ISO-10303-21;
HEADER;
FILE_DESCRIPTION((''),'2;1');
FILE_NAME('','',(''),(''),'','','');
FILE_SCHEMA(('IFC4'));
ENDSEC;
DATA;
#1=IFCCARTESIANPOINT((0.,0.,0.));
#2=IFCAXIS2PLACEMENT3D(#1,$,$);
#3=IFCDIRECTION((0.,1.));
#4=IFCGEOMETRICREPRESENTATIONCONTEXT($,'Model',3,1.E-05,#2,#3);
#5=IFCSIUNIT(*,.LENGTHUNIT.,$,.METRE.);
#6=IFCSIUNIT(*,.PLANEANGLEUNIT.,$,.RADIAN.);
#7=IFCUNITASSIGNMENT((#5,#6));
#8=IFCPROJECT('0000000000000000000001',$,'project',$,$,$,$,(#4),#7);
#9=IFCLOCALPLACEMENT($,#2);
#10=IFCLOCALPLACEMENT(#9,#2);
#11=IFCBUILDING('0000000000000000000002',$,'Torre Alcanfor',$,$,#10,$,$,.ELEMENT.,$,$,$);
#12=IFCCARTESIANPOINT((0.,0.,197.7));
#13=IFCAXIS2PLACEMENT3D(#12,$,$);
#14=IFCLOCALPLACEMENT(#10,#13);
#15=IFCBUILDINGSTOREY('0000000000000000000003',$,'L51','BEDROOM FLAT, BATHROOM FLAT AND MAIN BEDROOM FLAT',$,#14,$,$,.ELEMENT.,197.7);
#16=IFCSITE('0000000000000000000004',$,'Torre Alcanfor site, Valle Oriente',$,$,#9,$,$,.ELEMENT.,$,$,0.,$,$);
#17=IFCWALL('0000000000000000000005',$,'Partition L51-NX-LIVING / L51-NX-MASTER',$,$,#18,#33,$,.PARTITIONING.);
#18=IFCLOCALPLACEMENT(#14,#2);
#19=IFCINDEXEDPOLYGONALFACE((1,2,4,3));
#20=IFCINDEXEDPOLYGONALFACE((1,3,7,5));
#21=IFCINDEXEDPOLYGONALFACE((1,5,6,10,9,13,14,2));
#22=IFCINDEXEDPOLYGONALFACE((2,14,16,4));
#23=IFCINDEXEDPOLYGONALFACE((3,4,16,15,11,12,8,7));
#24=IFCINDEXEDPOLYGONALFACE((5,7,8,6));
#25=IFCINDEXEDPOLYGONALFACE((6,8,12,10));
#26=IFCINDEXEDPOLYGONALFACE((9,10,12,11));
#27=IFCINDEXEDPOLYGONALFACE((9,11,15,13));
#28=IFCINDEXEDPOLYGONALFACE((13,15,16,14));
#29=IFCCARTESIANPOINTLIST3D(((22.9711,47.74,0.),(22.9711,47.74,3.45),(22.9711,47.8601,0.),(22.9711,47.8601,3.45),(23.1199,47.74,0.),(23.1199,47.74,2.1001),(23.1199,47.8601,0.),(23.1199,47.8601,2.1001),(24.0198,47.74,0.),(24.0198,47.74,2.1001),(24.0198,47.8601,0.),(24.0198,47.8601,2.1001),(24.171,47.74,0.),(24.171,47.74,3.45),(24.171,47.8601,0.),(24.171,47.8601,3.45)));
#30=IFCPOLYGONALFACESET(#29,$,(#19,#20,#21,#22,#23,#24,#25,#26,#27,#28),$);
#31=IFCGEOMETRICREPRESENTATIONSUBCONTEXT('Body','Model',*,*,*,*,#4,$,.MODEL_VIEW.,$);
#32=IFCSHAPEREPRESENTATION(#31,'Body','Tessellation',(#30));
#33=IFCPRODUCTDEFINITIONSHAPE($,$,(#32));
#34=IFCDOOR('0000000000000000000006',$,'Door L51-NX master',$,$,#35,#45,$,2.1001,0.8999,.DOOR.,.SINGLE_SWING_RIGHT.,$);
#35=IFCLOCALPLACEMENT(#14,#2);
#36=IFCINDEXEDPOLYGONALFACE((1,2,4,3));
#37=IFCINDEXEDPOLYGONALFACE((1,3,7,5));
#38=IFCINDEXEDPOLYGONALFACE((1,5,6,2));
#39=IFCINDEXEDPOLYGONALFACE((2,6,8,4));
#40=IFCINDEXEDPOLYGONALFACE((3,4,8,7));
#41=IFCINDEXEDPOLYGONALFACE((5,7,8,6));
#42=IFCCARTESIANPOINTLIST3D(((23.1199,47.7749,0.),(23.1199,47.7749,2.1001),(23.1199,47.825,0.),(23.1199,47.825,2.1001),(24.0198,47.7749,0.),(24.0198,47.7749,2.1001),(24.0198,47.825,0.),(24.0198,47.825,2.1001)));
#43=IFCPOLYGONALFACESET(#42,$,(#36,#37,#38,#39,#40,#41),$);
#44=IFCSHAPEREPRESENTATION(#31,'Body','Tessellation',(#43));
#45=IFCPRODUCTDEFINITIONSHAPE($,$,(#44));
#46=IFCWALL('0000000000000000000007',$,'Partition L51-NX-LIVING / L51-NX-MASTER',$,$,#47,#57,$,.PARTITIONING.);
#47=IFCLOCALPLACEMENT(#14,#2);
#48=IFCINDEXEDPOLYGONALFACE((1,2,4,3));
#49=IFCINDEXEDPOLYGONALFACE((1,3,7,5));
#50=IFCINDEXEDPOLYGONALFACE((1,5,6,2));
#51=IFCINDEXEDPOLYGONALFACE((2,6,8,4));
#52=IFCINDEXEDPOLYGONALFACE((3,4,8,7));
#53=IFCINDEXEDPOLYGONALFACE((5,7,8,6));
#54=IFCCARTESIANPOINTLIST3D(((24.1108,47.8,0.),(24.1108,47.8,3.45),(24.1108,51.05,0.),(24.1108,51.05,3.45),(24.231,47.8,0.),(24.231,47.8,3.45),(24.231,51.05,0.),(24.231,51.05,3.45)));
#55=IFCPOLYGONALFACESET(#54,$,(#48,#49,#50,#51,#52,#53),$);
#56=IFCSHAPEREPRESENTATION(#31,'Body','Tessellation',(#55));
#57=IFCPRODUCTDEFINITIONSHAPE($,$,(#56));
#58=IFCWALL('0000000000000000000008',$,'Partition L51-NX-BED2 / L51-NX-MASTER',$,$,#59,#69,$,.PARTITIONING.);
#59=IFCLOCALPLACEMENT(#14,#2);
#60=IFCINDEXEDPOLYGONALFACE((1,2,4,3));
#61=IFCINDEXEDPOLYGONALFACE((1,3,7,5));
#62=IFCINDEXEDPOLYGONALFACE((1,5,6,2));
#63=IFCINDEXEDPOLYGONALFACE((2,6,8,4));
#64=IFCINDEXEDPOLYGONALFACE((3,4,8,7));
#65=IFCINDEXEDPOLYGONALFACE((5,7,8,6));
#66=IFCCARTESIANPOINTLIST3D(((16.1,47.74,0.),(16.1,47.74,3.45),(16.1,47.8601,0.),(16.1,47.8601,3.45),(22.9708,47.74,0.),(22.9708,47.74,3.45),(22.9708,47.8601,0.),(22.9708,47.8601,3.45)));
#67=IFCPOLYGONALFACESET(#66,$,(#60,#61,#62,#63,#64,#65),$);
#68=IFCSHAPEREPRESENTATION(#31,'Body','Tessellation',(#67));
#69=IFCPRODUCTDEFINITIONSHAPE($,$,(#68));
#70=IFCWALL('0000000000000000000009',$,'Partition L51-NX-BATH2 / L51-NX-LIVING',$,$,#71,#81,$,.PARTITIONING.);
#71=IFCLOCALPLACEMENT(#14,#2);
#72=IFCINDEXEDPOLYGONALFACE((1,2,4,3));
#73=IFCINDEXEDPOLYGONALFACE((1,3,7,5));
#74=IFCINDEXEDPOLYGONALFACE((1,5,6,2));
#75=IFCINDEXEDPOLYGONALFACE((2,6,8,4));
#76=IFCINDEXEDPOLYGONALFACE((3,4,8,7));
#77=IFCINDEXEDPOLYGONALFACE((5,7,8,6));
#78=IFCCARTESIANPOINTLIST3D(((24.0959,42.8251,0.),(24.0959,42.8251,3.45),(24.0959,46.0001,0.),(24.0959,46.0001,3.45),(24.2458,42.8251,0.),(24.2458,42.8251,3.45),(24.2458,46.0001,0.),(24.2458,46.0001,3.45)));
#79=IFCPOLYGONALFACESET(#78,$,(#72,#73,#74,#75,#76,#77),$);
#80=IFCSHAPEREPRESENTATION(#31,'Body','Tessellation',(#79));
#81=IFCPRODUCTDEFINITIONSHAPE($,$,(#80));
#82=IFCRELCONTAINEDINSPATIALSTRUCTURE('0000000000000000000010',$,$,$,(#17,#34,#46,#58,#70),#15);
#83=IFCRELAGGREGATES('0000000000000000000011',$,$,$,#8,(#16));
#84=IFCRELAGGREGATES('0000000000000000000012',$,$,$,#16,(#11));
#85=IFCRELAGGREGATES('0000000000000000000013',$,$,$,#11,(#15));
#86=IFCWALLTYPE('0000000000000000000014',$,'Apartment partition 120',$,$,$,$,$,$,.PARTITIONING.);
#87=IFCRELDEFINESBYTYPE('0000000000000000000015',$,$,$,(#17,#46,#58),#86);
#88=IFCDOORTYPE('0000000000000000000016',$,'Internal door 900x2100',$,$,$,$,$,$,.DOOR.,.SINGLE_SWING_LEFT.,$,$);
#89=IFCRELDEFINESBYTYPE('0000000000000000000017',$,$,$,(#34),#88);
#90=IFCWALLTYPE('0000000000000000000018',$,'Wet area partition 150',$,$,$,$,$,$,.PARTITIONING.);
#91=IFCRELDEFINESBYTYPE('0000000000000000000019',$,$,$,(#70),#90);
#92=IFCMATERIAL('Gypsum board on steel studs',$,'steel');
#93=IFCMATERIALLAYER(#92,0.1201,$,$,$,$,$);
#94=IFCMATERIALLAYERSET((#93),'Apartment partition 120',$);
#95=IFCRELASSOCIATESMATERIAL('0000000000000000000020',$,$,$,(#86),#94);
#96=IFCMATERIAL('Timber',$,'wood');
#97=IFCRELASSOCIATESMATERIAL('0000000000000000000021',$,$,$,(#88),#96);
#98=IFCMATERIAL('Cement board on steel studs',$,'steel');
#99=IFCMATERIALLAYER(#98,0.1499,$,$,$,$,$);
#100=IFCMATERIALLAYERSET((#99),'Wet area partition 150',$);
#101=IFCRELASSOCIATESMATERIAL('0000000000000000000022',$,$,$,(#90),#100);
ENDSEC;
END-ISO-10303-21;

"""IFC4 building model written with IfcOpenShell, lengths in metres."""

from ifc_helpers import new_model, si_unit, direction, frame, frame_2d, origin, place, context, subcontext, project, spatial, rectangle, extrude, material, layer, layer_set, type_object, element, fill, save


model = new_model("IFC4")

# Units and contexts
model_context = context("Model", 3, precision=1e-05, world=origin(), true_north=direction((0.0, 1.0)))
body_context = subcontext(model_context, "Body", "Model", "MODEL_VIEW")
ifc_project = project(units=[si_unit("LENGTHUNIT", "METRE"), si_unit("PLANEANGLEUNIT", "RADIAN")], contexts=[model_context])

# Site, building, storey
site_placement = place(None, origin())
site = spatial("IfcSite", under=ifc_project, at=site_placement, Name="Torre Alcanfor site, Valle Oriente", CompositionType="ELEMENT", RefElevation=0.0)
building_placement = place(site_placement, origin())
building = spatial("IfcBuilding", under=site, at=building_placement, Name="Torre Alcanfor", CompositionType="ELEMENT")
storey_placement = place(building_placement, frame((0.0, 0.0, 197.7)))
storey = spatial("IfcBuildingStorey", under=building, at=storey_placement, Name="L51", Description="BEDROOM FLAT, BATHROOM FLAT AND MAIN BEDROOM FLAT", CompositionType="ELEMENT", Elevation=197.7)

# Wall, opening, door
ifc_material_1 = material(Name="Gypsum board on steel studs", Category="steel")
ifc_layer_1 = layer(ifc_material_1, 0.1201)
ifc_layer_set_1 = layer_set([ifc_layer_1], Name="Apartment partition 120")
wall_type_1 = type_object("IfcWallType", Name="Apartment partition 120", PredefinedType="PARTITIONING", material=ifc_layer_set_1)
ifc_material_2 = material(Name="Timber", Category="wood")
door_type = type_object("IfcDoorType", Name="Internal door 900x2100", OperationType="SINGLE_SWING_LEFT", PredefinedType="DOOR", material=ifc_material_2)
wall_1_placement = place(storey_placement, frame((22.9709, 47.8, 0.0), z_axis=(0.0, 0.0, 1.0), x_axis=(1.0, 0.0, 0.0)))
wall_1 = element("IfcWall", 1, at=wall_1_placement, inside=storey, type_object=wall_type_1, Name="Partition L51-NX-LIVING / L51-NX-MASTER", PredefinedType="PARTITIONING", context=body_context, shape_type="SweptSolid", body=[
    extrude(rectangle(XDim=1.2, YDim=0.1201, at=frame_2d((0.6001, 0.0))), origin(), (0.0, 0.0, 1.0), 3.45),
])
opening_1_placement = place(wall_1_placement, frame((0.1489, 0.0, 0.0)))
opening_1 = element("IfcOpeningElement", 2, at=opening_1_placement, cuts=wall_1, PredefinedType="OPENING", context=body_context, shape_type="SweptSolid", body=[
    extrude(rectangle(XDim=0.8999, YDim=2.1001, at=frame_2d((0.45, 1.05))), frame((0.0, 0.0701, 0.0), z_axis=(0.0, -1.0, 0.0), x_axis=(1.0, 0.0, 0.0)), (0.0, 0.0, 1.0), 0.1401),
])
door_1_placement = place(opening_1_placement, origin())
door_1 = element("IfcDoor", 3, at=door_1_placement, inside=storey, type_object=door_type, Name="Door L51-NX master", OperationType="SINGLE_SWING_RIGHT", OverallHeight=2.1001, OverallWidth=0.8999, PredefinedType="DOOR", context=body_context, shape_type="SweptSolid", body=[
    extrude(rectangle(XDim=0.8999, YDim=2.1001, at=frame_2d((0.45, 1.05))), frame((0.0, 0.0249, 0.0), z_axis=(0.0, -1.0, 0.0), x_axis=(1.0, 0.0, 0.0)), (0.0, 0.0, 1.0), 0.05),
])
fill(opening_1, door_1)

# Walls
wall_2_placement = place(storey_placement, frame((24.1709, 47.8, 0.0), z_axis=(0.0, 0.0, 1.0), x_axis=(0.0, 1.0, 0.0)))
element("IfcWall", 4, at=wall_2_placement, inside=storey, type_object=wall_type_1, Name="Partition L51-NX-LIVING / L51-NX-MASTER", PredefinedType="PARTITIONING", context=body_context, shape_type="SweptSolid", body=[
    extrude(rectangle(XDim=3.25, YDim=0.1201, at=frame_2d((1.625, 0.0))), origin(), (0.0, 0.0, 1.0), 3.45),
])
wall_3_placement = place(storey_placement, frame((22.9709, 47.8, 0.0), z_axis=(0.0, 0.0, 1.0), x_axis=(-1.0, 0.0, 0.0)))
element("IfcWall", 5, at=wall_3_placement, inside=storey, type_object=wall_type_1, Name="Partition L51-NX-BED2 / L51-NX-MASTER", PredefinedType="PARTITIONING", context=body_context, shape_type="SweptSolid", body=[
    extrude(rectangle(XDim=6.8708, YDim=0.1201, at=frame_2d((3.4355, 0.0))), origin(), (0.0, 0.0, 1.0), 3.45),
])
ifc_material_3 = material(Name="Cement board on steel studs", Category="steel")
ifc_layer_2 = layer(ifc_material_3, 0.1499)
ifc_layer_set_2 = layer_set([ifc_layer_2], Name="Wet area partition 150")
wall_type_2 = type_object("IfcWallType", Name="Wet area partition 150", PredefinedType="PARTITIONING", material=ifc_layer_set_2)
wall_4_placement = place(storey_placement, frame((24.1709, 46.0, 0.0), z_axis=(0.0, 0.0, 1.0), x_axis=(0.0, -1.0, 0.0)))
element("IfcWall", 6, at=wall_4_placement, inside=storey, type_object=wall_type_2, Name="Partition L51-NX-BATH2 / L51-NX-LIVING", PredefinedType="PARTITIONING", context=body_context, shape_type="SweptSolid", body=[
    extrude(rectangle(XDim=3.175, YDim=0.1499, at=frame_2d((1.5874, 0.0))), origin(), (0.0, 0.0, 1.0), 3.45),
])

save(model, "model.ifc")
